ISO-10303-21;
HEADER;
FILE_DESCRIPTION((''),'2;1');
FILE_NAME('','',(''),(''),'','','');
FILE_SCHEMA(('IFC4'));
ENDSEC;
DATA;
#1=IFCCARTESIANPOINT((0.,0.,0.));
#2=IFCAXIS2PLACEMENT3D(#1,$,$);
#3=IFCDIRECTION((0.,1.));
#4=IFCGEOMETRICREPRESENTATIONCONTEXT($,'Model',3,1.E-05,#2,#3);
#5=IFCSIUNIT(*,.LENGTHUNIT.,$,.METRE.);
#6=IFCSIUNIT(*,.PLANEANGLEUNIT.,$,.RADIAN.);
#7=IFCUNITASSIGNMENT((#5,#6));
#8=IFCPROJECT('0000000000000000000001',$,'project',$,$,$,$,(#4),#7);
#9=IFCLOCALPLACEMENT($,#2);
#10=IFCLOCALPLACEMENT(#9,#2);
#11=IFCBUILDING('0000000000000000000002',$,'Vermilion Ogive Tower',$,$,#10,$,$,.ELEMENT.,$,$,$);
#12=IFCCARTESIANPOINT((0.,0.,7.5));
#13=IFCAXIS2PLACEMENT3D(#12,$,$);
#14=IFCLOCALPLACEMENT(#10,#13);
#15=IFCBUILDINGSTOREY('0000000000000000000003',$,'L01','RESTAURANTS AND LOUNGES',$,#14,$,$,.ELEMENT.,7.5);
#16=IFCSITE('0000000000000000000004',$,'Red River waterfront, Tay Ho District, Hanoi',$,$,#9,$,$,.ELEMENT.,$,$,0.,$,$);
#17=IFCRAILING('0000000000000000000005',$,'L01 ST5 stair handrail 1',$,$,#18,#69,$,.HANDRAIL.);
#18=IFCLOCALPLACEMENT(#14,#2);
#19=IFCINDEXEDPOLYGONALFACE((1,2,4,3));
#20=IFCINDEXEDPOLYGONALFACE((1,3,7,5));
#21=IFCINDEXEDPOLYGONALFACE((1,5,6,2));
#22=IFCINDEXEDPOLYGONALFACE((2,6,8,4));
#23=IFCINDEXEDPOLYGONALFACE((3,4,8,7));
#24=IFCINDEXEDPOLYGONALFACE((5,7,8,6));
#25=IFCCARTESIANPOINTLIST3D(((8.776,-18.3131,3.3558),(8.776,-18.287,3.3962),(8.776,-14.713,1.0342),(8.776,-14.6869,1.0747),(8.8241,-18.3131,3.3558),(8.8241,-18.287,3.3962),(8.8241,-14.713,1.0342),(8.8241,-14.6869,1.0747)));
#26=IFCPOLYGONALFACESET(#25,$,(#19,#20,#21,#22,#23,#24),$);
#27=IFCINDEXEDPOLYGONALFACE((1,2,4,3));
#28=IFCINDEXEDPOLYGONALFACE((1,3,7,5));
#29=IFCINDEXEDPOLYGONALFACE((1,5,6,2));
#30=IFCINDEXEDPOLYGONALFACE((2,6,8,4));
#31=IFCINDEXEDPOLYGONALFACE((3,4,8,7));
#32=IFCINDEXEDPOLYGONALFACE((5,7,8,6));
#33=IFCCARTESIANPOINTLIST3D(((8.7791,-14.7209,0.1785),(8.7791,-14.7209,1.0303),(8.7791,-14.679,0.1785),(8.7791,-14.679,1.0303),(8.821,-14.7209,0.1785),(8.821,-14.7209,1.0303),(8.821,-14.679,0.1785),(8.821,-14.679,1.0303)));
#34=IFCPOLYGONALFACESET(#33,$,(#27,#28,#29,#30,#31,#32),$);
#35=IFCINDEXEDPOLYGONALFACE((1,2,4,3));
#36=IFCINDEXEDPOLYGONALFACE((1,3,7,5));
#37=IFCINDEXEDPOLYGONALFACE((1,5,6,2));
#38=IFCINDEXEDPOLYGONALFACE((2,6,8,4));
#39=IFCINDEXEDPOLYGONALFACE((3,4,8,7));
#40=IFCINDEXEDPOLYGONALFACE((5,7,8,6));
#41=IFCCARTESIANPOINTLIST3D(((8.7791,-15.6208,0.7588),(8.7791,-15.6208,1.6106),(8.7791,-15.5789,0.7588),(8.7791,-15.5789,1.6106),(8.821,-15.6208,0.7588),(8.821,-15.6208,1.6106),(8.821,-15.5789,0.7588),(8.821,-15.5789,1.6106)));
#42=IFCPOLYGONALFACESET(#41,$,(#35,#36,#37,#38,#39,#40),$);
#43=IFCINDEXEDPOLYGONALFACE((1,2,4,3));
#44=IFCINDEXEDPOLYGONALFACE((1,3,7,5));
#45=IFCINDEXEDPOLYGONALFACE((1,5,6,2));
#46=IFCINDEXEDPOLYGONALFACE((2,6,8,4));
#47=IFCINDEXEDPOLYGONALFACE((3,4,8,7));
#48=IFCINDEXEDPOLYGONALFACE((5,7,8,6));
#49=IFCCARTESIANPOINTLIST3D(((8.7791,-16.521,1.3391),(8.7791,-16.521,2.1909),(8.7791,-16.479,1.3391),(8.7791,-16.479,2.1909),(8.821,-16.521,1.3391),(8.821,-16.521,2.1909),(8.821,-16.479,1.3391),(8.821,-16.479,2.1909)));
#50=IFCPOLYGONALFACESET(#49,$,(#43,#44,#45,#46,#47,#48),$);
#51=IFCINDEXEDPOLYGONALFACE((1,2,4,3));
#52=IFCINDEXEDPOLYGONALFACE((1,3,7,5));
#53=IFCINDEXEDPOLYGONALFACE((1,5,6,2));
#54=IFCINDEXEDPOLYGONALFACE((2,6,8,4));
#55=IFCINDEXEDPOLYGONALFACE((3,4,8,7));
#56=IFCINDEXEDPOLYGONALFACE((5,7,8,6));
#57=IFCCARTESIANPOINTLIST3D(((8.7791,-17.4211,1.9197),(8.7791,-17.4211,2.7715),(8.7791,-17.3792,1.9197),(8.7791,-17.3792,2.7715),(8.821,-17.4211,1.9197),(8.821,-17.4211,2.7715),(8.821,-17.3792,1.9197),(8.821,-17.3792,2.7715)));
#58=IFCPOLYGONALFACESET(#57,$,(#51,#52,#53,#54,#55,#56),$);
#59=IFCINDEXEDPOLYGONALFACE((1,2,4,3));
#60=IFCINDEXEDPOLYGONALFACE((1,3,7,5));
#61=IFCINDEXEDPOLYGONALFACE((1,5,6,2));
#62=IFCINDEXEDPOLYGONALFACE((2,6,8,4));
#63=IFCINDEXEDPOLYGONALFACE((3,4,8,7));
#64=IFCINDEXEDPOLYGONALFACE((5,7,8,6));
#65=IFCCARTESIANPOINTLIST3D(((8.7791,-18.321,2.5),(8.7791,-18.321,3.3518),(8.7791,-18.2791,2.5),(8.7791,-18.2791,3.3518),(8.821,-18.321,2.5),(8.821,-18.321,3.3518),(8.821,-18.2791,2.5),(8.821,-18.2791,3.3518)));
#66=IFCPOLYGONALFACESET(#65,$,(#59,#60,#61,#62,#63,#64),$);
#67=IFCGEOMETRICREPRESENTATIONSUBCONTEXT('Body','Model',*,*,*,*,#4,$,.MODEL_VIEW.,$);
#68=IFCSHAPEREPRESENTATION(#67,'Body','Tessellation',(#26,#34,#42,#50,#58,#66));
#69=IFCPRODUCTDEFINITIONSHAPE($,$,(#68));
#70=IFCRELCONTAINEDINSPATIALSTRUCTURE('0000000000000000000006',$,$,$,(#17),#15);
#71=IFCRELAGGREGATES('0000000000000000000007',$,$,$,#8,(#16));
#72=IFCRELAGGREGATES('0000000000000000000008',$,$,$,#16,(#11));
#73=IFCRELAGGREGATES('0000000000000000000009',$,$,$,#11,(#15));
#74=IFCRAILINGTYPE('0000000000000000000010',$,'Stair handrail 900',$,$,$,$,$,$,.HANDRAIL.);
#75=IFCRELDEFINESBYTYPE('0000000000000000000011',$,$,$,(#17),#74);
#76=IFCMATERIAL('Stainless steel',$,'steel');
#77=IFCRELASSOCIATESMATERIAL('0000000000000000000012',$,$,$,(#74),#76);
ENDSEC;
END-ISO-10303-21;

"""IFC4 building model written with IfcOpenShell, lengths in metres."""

from ifc_helpers import new_model, si_unit, direction, frame, origin, origin_2d, place, context, subcontext, project, spatial, rectangle, extrude, material, type_object, element, save


model = new_model("IFC4")

# Units and contexts
model_context = context("Model", 3, precision=1e-05, world=origin(), true_north=direction((0.0, 1.0)))
body_context = subcontext(model_context, "Body", "Model", "MODEL_VIEW")
ifc_project = project(units=[si_unit("LENGTHUNIT", "METRE"), si_unit("PLANEANGLEUNIT", "RADIAN")], contexts=[model_context])

# Site, building, storey
site_placement = place(None, origin())
site = spatial("IfcSite", under=ifc_project, at=site_placement, Name="Red River waterfront, Tay Ho District, Hanoi", CompositionType="ELEMENT", RefElevation=0.0)
building_placement = place(site_placement, origin())
building = spatial("IfcBuilding", under=site, at=building_placement, Name="Vermilion Ogive Tower", CompositionType="ELEMENT")
storey_placement = place(building_placement, frame((0.0, 0.0, 7.5)))
storey = spatial("IfcBuildingStorey", under=building, at=storey_placement, Name="L01", Description="RESTAURANTS AND LOUNGES", CompositionType="ELEMENT", Elevation=7.5)

# Railing
ifc_material_1 = material(Name="Stainless steel", Category="steel")
railing_type_1 = type_object("IfcRailingType", Name="Stair handrail 900", PredefinedType="HANDRAIL", material=ifc_material_1)
railing_1_placement = place(storey_placement, frame((8.8, -14.7, 0.1785)))
element("IfcRailing", 1, at=railing_1_placement, inside=storey, type_object=railing_type_1, Name="L01 ST5 stair handrail 1", PredefinedType="HANDRAIL", context=body_context, shape_type="SweptSolid", body=[
    extrude(rectangle(XDim=0.0481, YDim=0.0481, at=origin_2d()), frame((0.0, 0.0, 0.876), z_axis=(0.0, -0.840415, 0.541944), x_axis=(1.0, 0.0, 0.0)), (0.0, 0.0, 1.0), 4.2837),
    extrude(rectangle(XDim=0.042, YDim=0.042, at=origin_2d()), origin(), (0.0, 0.0, 1.0), 0.8518),
    extrude(rectangle(XDim=0.042, YDim=0.042, at=origin_2d()), frame((0.0, -0.8999, 0.5803)), (0.0, 0.0, 1.0), 0.8518),
    extrude(rectangle(XDim=0.042, YDim=0.042, at=origin_2d()), frame((0.0, -1.8, 1.1606)), (0.0, 0.0, 1.0), 0.8518),
    extrude(rectangle(XDim=0.042, YDim=0.042, at=origin_2d()), frame((0.0, -2.7002, 1.7412)), (0.0, 0.0, 1.0), 0.8518),
    extrude(rectangle(XDim=0.042, YDim=0.042, at=origin_2d()), frame((0.0, -3.6001, 2.3215)), (0.0, 0.0, 1.0), 0.8518),
])

save(model, "model.ifc")
